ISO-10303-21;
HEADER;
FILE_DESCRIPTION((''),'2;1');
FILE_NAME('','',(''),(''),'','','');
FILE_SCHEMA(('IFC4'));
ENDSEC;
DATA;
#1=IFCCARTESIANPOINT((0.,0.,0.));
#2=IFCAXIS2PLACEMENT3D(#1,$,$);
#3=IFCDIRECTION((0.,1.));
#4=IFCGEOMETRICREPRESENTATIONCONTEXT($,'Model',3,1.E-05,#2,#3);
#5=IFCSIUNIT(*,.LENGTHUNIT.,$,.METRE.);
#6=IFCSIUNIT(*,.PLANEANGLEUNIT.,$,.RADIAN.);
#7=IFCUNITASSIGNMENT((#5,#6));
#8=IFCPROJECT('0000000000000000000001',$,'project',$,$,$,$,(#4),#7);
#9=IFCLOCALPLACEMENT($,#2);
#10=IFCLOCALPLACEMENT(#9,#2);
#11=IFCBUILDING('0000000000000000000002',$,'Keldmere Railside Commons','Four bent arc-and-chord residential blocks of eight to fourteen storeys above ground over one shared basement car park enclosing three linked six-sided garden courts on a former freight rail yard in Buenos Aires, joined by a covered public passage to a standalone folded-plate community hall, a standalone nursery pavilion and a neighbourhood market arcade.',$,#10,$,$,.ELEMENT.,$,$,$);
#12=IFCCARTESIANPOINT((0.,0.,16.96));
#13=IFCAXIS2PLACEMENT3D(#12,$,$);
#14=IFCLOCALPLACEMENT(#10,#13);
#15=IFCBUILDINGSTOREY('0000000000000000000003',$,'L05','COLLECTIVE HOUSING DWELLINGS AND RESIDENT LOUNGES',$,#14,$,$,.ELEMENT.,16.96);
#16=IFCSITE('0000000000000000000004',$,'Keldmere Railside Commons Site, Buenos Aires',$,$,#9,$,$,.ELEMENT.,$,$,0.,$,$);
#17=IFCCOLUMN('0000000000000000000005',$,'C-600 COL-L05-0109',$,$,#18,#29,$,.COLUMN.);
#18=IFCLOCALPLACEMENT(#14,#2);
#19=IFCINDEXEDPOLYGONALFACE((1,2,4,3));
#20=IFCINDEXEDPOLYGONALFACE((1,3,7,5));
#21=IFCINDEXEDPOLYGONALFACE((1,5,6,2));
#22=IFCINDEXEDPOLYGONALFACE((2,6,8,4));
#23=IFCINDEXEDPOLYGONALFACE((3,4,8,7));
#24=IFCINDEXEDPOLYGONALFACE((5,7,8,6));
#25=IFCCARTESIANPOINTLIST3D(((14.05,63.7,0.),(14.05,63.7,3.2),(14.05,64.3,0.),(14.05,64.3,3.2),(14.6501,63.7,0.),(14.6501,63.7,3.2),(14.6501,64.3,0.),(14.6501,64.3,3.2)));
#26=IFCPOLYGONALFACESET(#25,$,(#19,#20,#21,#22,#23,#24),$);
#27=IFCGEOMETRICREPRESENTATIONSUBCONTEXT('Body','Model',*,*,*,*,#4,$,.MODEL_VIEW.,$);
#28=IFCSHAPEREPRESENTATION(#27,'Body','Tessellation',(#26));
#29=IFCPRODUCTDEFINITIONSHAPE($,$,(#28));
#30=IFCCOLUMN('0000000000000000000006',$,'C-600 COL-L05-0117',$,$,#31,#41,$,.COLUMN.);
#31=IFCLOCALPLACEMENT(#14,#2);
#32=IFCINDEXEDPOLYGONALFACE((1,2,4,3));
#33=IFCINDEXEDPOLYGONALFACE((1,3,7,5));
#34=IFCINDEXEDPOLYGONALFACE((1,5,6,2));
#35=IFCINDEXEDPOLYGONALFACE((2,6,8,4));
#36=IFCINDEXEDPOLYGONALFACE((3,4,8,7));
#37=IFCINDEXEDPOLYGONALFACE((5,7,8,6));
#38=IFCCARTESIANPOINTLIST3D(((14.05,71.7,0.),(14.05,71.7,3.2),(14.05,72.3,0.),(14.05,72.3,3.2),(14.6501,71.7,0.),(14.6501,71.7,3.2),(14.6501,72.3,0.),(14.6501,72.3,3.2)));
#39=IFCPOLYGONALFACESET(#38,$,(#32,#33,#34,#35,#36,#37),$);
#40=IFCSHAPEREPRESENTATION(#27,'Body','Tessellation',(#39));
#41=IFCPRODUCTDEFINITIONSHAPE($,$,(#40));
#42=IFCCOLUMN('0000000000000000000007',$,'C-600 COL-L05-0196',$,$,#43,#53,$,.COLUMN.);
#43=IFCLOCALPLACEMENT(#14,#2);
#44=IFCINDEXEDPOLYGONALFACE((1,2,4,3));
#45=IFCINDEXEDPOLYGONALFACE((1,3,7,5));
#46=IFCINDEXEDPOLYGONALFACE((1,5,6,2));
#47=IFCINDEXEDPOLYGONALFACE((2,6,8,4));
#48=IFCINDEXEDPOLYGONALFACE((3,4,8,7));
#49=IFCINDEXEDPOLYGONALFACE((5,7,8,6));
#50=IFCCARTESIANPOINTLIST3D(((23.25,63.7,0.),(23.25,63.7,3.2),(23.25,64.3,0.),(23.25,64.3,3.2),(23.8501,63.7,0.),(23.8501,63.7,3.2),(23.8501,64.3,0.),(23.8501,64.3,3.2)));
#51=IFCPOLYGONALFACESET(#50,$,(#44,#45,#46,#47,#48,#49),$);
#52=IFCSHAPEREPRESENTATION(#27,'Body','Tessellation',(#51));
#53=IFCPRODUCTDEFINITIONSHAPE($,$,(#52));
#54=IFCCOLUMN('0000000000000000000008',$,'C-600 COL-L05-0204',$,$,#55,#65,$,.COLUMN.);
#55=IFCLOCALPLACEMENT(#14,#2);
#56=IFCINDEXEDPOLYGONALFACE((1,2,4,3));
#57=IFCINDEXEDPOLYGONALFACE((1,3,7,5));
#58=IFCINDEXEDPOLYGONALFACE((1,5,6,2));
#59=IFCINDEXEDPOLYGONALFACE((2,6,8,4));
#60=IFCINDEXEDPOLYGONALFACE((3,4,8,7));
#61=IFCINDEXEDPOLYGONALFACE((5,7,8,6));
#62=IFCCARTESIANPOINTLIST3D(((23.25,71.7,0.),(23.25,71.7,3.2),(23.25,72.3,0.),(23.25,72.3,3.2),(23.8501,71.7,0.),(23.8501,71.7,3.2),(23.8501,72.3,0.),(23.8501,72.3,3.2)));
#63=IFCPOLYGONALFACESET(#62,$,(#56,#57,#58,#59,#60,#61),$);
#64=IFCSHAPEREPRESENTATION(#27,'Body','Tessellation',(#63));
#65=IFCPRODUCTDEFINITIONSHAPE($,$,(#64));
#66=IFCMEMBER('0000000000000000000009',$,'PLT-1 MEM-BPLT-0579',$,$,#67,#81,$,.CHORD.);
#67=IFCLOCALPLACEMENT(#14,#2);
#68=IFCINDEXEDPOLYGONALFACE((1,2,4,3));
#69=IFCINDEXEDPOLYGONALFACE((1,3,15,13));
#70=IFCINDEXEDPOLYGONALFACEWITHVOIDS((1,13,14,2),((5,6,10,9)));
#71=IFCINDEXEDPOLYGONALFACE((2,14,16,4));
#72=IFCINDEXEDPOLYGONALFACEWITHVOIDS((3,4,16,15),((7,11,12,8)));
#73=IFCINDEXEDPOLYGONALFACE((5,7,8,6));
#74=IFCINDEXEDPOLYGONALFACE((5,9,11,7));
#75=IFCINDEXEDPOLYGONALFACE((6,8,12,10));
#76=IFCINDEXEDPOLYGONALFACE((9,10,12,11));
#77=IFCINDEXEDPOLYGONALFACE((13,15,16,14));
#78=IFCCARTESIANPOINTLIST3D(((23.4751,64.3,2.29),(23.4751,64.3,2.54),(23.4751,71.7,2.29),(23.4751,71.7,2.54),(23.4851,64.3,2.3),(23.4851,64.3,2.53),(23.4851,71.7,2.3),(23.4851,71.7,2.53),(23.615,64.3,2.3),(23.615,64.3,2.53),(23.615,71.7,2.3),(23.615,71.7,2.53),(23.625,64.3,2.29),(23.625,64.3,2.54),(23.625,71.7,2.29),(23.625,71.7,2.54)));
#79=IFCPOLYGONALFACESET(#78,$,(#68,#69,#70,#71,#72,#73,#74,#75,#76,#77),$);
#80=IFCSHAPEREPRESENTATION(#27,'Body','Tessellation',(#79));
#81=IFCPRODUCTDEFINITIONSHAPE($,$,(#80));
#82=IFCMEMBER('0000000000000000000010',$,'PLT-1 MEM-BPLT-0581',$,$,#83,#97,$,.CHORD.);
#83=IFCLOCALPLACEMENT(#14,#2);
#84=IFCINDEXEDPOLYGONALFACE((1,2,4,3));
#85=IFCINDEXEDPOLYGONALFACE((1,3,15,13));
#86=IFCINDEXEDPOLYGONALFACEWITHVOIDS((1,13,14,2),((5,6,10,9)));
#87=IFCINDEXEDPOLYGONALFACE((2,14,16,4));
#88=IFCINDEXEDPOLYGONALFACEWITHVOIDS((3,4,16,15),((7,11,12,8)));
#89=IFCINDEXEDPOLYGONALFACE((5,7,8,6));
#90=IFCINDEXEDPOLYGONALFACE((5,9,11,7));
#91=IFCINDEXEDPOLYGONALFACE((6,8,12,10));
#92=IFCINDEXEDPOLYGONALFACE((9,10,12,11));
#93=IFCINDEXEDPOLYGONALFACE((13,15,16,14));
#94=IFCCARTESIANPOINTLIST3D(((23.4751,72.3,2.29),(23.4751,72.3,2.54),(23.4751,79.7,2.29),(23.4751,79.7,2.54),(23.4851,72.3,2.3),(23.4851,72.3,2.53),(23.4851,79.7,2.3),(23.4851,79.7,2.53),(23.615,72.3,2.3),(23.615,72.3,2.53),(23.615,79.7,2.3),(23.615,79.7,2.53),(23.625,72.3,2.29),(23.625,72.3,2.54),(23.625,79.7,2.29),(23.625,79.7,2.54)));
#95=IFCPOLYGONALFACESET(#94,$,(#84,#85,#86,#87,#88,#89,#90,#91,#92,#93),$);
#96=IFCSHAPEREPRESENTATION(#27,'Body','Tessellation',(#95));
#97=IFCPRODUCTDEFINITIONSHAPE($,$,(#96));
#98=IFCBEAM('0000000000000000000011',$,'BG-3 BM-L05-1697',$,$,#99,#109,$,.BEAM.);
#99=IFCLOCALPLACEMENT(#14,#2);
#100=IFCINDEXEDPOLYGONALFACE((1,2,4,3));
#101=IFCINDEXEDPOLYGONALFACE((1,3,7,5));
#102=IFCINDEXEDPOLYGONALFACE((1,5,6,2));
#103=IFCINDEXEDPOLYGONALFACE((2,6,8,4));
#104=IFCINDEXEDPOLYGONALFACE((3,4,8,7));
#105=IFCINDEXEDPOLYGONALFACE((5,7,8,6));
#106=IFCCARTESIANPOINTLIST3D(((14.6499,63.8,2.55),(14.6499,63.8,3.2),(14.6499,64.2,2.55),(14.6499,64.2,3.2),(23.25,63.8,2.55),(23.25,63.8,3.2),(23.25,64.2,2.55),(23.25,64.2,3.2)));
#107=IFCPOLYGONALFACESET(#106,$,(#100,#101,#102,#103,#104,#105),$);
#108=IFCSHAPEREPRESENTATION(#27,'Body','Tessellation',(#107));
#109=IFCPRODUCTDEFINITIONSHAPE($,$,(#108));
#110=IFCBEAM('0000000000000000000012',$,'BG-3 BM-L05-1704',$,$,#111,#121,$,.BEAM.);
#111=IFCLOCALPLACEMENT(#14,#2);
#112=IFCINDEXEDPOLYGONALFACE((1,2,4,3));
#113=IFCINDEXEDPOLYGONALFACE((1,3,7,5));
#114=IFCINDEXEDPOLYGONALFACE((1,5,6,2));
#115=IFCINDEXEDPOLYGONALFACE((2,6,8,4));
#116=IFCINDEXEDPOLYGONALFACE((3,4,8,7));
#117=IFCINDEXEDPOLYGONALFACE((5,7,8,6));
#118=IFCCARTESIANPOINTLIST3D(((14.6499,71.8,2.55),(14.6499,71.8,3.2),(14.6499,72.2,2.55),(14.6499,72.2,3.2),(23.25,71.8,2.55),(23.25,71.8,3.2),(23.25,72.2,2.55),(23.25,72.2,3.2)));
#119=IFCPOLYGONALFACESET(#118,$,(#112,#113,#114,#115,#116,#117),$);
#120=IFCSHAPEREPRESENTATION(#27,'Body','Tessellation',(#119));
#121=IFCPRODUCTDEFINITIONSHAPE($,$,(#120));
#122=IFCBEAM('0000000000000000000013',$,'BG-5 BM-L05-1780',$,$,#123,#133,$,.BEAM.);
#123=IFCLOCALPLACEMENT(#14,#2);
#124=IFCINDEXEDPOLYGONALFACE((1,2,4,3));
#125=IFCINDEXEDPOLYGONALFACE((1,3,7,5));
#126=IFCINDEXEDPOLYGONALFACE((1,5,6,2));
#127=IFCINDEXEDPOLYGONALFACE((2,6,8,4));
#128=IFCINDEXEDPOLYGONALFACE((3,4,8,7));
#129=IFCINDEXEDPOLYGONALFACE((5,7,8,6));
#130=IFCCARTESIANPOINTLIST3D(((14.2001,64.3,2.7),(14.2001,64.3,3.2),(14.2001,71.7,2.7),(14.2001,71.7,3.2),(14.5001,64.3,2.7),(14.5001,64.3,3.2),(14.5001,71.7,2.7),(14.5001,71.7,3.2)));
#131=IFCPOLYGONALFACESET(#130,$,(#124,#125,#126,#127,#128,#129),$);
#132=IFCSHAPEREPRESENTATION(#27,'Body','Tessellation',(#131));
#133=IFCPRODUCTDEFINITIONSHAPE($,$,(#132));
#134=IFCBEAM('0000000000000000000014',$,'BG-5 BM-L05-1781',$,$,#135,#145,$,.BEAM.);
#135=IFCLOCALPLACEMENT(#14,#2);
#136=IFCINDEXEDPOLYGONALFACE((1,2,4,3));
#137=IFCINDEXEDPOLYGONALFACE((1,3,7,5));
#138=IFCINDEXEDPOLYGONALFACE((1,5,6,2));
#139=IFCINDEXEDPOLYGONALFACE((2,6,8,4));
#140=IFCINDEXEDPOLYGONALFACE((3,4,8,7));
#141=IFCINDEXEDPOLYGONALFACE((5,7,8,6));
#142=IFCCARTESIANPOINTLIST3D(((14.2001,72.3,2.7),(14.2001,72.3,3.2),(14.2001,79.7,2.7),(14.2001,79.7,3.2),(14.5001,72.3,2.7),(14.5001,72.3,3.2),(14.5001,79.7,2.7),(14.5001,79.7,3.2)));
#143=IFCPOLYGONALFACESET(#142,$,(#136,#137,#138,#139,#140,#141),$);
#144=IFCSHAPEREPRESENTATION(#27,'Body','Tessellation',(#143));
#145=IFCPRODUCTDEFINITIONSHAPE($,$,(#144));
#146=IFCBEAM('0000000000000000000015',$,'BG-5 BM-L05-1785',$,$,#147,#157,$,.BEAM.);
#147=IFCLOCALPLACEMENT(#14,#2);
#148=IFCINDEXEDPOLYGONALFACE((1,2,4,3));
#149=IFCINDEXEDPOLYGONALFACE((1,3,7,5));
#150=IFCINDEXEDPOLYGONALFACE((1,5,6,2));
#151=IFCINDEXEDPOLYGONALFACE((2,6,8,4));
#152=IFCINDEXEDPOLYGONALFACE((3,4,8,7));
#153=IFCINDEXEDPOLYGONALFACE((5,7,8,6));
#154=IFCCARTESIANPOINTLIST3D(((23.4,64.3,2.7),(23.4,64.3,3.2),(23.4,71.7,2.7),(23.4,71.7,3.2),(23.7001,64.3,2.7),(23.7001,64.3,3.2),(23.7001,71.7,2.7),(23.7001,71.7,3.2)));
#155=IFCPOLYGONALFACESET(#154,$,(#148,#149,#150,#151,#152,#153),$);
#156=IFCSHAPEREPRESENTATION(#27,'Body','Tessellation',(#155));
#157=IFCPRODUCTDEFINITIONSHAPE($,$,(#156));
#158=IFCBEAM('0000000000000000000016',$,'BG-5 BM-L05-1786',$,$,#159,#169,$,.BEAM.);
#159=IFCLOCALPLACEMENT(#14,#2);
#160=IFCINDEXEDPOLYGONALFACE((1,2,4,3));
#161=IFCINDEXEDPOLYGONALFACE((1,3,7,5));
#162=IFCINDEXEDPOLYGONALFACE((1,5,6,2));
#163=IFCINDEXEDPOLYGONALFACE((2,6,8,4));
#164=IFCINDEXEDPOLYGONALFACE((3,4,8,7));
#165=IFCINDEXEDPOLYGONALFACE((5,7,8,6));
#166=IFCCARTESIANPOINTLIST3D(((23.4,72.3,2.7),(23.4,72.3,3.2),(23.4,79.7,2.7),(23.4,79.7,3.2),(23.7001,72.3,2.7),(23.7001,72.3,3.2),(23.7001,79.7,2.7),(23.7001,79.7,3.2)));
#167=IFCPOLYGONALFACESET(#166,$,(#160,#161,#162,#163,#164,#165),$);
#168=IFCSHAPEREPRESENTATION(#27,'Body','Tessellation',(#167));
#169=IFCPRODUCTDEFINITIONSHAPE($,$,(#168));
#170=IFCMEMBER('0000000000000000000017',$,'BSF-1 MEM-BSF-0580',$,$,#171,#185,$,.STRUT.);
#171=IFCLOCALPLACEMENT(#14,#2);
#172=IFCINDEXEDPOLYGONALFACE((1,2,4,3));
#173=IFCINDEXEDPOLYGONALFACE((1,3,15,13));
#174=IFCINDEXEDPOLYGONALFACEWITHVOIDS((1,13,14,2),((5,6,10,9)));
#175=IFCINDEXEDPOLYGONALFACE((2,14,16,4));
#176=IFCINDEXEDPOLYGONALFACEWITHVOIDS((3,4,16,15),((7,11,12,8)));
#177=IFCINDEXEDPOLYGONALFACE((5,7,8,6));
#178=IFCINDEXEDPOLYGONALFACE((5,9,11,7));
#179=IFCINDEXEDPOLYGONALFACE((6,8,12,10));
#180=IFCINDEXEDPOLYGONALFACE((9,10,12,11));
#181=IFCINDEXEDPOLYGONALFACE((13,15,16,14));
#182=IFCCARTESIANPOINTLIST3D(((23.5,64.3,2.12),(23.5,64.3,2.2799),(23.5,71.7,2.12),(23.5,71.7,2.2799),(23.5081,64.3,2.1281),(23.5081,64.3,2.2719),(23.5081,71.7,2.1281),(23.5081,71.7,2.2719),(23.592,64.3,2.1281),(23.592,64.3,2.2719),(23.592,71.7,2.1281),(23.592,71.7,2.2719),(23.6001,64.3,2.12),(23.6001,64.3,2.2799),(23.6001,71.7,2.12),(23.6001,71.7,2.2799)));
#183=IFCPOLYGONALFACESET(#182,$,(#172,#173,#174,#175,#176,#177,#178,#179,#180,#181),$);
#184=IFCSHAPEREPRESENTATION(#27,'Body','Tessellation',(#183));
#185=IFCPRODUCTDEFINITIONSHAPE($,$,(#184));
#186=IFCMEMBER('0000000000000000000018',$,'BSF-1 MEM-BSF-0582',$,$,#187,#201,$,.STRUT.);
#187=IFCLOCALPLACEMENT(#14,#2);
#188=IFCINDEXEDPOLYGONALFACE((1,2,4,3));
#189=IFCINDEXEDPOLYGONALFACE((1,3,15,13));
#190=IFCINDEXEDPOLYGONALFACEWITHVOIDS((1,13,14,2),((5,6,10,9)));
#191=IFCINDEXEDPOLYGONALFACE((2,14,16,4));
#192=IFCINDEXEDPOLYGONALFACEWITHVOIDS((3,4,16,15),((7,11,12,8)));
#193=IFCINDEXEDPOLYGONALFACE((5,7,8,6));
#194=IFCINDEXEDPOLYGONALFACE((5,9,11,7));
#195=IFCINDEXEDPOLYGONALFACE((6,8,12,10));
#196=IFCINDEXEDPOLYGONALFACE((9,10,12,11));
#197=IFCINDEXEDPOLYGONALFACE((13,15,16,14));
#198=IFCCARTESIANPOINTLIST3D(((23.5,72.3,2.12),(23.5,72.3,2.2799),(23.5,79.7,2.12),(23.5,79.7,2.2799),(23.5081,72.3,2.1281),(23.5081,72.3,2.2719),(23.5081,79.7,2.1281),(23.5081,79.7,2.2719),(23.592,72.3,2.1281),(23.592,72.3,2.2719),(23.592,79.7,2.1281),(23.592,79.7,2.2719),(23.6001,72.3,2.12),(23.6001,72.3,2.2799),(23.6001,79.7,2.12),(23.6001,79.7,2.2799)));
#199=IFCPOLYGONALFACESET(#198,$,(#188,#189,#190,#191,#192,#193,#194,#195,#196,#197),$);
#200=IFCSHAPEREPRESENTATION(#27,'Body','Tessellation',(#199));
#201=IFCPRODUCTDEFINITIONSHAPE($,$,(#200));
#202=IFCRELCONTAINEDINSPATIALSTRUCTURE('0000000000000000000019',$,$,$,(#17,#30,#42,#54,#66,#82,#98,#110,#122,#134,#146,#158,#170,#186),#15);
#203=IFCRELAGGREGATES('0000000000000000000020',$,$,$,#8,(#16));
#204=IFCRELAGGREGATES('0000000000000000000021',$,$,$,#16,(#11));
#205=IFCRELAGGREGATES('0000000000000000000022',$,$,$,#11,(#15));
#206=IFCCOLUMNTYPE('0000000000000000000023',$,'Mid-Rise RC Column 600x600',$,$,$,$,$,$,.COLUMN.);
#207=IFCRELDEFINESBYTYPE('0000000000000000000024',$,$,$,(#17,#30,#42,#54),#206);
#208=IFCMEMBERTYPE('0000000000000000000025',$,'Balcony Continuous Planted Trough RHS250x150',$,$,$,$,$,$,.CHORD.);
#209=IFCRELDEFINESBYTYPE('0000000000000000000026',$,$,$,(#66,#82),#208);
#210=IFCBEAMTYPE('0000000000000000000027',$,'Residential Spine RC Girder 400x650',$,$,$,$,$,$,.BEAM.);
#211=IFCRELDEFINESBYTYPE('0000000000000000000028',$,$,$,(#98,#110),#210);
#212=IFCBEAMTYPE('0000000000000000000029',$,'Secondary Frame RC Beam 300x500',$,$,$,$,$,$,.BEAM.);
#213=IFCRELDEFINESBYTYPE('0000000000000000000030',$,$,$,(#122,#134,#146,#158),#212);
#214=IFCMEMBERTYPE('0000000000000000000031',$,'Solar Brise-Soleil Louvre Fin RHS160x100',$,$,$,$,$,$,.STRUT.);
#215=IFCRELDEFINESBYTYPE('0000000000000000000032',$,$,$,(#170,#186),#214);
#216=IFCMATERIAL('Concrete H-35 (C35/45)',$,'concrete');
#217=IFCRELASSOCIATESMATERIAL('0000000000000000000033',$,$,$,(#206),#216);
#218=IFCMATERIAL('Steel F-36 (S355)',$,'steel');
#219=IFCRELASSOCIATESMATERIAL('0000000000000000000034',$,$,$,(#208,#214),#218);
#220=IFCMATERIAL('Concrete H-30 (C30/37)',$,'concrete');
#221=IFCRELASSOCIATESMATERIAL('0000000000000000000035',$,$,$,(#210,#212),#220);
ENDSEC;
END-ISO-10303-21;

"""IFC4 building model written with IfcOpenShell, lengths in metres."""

from ifc_helpers import new_model, si_unit, direction, frame, origin, origin_2d, place, context, subcontext, project, spatial, rectangle, hollow_rectangle, extrude, material, material_profile, profile_set, type_object, element, save


model = new_model("IFC4")

# Units and contexts
model_context = context("Model", 3, precision=1e-05, world=origin(), true_north=direction((0.0, 1.0)))
body_context = subcontext(model_context, "Body", "Model", "MODEL_VIEW")
ifc_project = project(units=[si_unit("LENGTHUNIT", "METRE"), si_unit("PLANEANGLEUNIT", "RADIAN")], contexts=[model_context])

# Site, building, storey
site_placement = place(None, origin())
site = spatial("IfcSite", under=ifc_project, at=site_placement, Name="Keldmere Railside Commons Site, Buenos Aires", CompositionType="ELEMENT", RefElevation=0.0)
building_placement = place(site_placement, origin())
building = spatial("IfcBuilding", under=site, at=building_placement, Name="Keldmere Railside Commons", Description="Four bent arc-and-chord residential blocks of eight to fourteen storeys above ground over one shared basement car park enclosing three linked six-sided garden courts on a former freight rail yard in Buenos Aires, joined by a covered public passage to a standalone folded-plate community hall, a standalone nursery pavilion and a neighbourhood market arcade.", CompositionType="ELEMENT")
storey_placement = place(building_placement, frame((0.0, 0.0, 16.96)))
storey = spatial("IfcBuildingStorey", under=building, at=storey_placement, Name="L05", Description="COLLECTIVE HOUSING DWELLINGS AND RESIDENT LOUNGES", CompositionType="ELEMENT", Elevation=16.96)

# Columns
ifc_material_1 = material(Name="Concrete H-35 (C35/45)", Category="concrete")
ifc_material_profile_1 = material_profile(ifc_material_1, rectangle(XDim=0.6001, YDim=0.6001, at=origin_2d()), Name="RC-600x600")
ifc_profile_set_1 = profile_set([ifc_material_profile_1], Name="Concrete H-35 (C35/45)")
column_type = type_object("IfcColumnType", Name="Mid-Rise RC Column 600x600", PredefinedType="COLUMN", material=ifc_profile_set_1)
for number, where, z_axis, x_axis, name in (
    (1, (14.3501, 64.0, 0.0), (0.0, 0.0, 1.0), (1.0, 0.0, 0.0), "C-600 COL-L05-0109"),
    (2, (14.3501, 72.0, 0.0), (0.0, 0.0, 1.0), (1.0, 0.0, 0.0), "C-600 COL-L05-0117"),
    (3, (23.55, 64.0, 0.0), (0.0, 0.0, 1.0), (1.0, 0.0, 0.0), "C-600 COL-L05-0196"),
    (4, (23.55, 72.0, 0.0), (0.0, 0.0, 1.0), (1.0, 0.0, 0.0), "C-600 COL-L05-0204"),
):
    element("IfcColumn", number, at=place(storey_placement, frame(where, z_axis=z_axis, x_axis=x_axis)), inside=storey, type_object=column_type, Name=name, PredefinedType="COLUMN", context=body_context, shape_type="SweptSolid", body=[
        extrude(rectangle(XDim=0.6001, YDim=0.6001, at=origin_2d()), origin(), (0.0, 0.0, 1.0), 3.2),
    ])

# Members
ifc_material_2 = material(Name="Steel F-36 (S355)", Category="steel")
ifc_material_profile_2 = material_profile(ifc_material_2, hollow_rectangle(XDim=0.1499, YDim=0.25, WallThickness=0.01, at=origin_2d()), Name="RHS-250x150x10")
ifc_profile_set_2 = profile_set([ifc_material_profile_2], Name="Steel F-36 (S355)")
member_type_1 = type_object("IfcMemberType", Name="Balcony Continuous Planted Trough RHS250x150", PredefinedType="CHORD", material=ifc_profile_set_2)
for number, where, z_axis, x_axis, name in (
    (5, (23.55, 64.3, 2.415), (0.0, 1.0, 0.0), (-1.0, 0.0, 0.0), "PLT-1 MEM-BPLT-0579"),
    (6, (23.55, 72.3, 2.415), (0.0, 1.0, 0.0), (-1.0, 0.0, 0.0), "PLT-1 MEM-BPLT-0581"),
):
    element("IfcMember", number, at=place(storey_placement, frame(where, z_axis=z_axis, x_axis=x_axis)), inside=storey, type_object=member_type_1, Name=name, PredefinedType="CHORD", context=body_context, shape_type="SweptSolid", body=[
        extrude(hollow_rectangle(XDim=0.1499, YDim=0.25, WallThickness=0.01, at=origin_2d()), origin(), (0.0, 0.0, 1.0), 7.3999),
    ])

# Beams
ifc_material_3 = material(Name="Concrete H-30 (C30/37)", Category="concrete")
ifc_material_profile_3 = material_profile(ifc_material_3, rectangle(XDim=0.3999, YDim=0.6499, at=origin_2d()), Name="RC-400x650")
ifc_profile_set_3 = profile_set([ifc_material_profile_3], Name="Concrete H-30 (C30/37)")
beam_type_1 = type_object("IfcBeamType", Name="Residential Spine RC Girder 400x650", PredefinedType="BEAM", material=ifc_profile_set_3)
for number, where, z_axis, x_axis, name in (
    (7, (14.6499, 64.0, 2.875), (1.0, 0.0, 0.0), (0.0, 1.0, 0.0), "BG-3 BM-L05-1697"),
    (8, (14.6499, 72.0, 2.875), (1.0, 0.0, 0.0), (0.0, 1.0, 0.0), "BG-3 BM-L05-1704"),
):
    element("IfcBeam", number, at=place(storey_placement, frame(where, z_axis=z_axis, x_axis=x_axis)), inside=storey, type_object=beam_type_1, Name=name, PredefinedType="BEAM", context=body_context, shape_type="SweptSolid", body=[
        extrude(rectangle(XDim=0.3999, YDim=0.6499, at=origin_2d()), origin(), (0.0, 0.0, 1.0), 8.6001),
    ])
ifc_material_profile_4 = material_profile(ifc_material_3, rectangle(XDim=0.3, YDim=0.5, at=origin_2d()), Name="RC-300x500")
ifc_profile_set_4 = profile_set([ifc_material_profile_4], Name="Concrete H-30 (C30/37)")
beam_type_2 = type_object("IfcBeamType", Name="Secondary Frame RC Beam 300x500", PredefinedType="BEAM", material=ifc_profile_set_4)
for number, where, z_axis, x_axis, name in (
    (9, (14.3501, 64.3, 2.95), (0.0, 1.0, 0.0), (-1.0, 0.0, 0.0), "BG-5 BM-L05-1780"),
    (10, (14.3501, 72.3, 2.95), (0.0, 1.0, 0.0), (-1.0, 0.0, 0.0), "BG-5 BM-L05-1781"),
    (11, (23.55, 64.3, 2.95), (0.0, 1.0, 0.0), (-1.0, 0.0, 0.0), "BG-5 BM-L05-1785"),
    (12, (23.55, 72.3, 2.95), (0.0, 1.0, 0.0), (-1.0, 0.0, 0.0), "BG-5 BM-L05-1786"),
):
    element("IfcBeam", number, at=place(storey_placement, frame(where, z_axis=z_axis, x_axis=x_axis)), inside=storey, type_object=beam_type_2, Name=name, PredefinedType="BEAM", context=body_context, shape_type="SweptSolid", body=[
        extrude(rectangle(XDim=0.3, YDim=0.5, at=origin_2d()), origin(), (0.0, 0.0, 1.0), 7.3999),
    ])

# Members
ifc_material_profile_5 = material_profile(ifc_material_2, hollow_rectangle(XDim=0.1001, YDim=0.1599, WallThickness=0.0081, at=origin_2d()), Name="RHS-160x100x8")
ifc_profile_set_5 = profile_set([ifc_material_profile_5], Name="Steel F-36 (S355)")
member_type_2 = type_object("IfcMemberType", Name="Solar Brise-Soleil Louvre Fin RHS160x100", PredefinedType="STRUT", material=ifc_profile_set_5)
for number, where, z_axis, x_axis, name in (
    (13, (23.55, 64.3, 2.2), (0.0, 1.0, 0.0), (-1.0, 0.0, 0.0), "BSF-1 MEM-BSF-0580"),
    (14, (23.55, 72.3, 2.2), (0.0, 1.0, 0.0), (-1.0, 0.0, 0.0), "BSF-1 MEM-BSF-0582"),
):
    element("IfcMember", number, at=place(storey_placement, frame(where, z_axis=z_axis, x_axis=x_axis)), inside=storey, type_object=member_type_2, Name=name, PredefinedType="STRUT", context=body_context, shape_type="SweptSolid", body=[
        extrude(hollow_rectangle(XDim=0.1001, YDim=0.1599, WallThickness=0.0081, at=origin_2d()), origin(), (0.0, 0.0, 1.0), 7.3999),
    ])

save(model, "model.ifc")
